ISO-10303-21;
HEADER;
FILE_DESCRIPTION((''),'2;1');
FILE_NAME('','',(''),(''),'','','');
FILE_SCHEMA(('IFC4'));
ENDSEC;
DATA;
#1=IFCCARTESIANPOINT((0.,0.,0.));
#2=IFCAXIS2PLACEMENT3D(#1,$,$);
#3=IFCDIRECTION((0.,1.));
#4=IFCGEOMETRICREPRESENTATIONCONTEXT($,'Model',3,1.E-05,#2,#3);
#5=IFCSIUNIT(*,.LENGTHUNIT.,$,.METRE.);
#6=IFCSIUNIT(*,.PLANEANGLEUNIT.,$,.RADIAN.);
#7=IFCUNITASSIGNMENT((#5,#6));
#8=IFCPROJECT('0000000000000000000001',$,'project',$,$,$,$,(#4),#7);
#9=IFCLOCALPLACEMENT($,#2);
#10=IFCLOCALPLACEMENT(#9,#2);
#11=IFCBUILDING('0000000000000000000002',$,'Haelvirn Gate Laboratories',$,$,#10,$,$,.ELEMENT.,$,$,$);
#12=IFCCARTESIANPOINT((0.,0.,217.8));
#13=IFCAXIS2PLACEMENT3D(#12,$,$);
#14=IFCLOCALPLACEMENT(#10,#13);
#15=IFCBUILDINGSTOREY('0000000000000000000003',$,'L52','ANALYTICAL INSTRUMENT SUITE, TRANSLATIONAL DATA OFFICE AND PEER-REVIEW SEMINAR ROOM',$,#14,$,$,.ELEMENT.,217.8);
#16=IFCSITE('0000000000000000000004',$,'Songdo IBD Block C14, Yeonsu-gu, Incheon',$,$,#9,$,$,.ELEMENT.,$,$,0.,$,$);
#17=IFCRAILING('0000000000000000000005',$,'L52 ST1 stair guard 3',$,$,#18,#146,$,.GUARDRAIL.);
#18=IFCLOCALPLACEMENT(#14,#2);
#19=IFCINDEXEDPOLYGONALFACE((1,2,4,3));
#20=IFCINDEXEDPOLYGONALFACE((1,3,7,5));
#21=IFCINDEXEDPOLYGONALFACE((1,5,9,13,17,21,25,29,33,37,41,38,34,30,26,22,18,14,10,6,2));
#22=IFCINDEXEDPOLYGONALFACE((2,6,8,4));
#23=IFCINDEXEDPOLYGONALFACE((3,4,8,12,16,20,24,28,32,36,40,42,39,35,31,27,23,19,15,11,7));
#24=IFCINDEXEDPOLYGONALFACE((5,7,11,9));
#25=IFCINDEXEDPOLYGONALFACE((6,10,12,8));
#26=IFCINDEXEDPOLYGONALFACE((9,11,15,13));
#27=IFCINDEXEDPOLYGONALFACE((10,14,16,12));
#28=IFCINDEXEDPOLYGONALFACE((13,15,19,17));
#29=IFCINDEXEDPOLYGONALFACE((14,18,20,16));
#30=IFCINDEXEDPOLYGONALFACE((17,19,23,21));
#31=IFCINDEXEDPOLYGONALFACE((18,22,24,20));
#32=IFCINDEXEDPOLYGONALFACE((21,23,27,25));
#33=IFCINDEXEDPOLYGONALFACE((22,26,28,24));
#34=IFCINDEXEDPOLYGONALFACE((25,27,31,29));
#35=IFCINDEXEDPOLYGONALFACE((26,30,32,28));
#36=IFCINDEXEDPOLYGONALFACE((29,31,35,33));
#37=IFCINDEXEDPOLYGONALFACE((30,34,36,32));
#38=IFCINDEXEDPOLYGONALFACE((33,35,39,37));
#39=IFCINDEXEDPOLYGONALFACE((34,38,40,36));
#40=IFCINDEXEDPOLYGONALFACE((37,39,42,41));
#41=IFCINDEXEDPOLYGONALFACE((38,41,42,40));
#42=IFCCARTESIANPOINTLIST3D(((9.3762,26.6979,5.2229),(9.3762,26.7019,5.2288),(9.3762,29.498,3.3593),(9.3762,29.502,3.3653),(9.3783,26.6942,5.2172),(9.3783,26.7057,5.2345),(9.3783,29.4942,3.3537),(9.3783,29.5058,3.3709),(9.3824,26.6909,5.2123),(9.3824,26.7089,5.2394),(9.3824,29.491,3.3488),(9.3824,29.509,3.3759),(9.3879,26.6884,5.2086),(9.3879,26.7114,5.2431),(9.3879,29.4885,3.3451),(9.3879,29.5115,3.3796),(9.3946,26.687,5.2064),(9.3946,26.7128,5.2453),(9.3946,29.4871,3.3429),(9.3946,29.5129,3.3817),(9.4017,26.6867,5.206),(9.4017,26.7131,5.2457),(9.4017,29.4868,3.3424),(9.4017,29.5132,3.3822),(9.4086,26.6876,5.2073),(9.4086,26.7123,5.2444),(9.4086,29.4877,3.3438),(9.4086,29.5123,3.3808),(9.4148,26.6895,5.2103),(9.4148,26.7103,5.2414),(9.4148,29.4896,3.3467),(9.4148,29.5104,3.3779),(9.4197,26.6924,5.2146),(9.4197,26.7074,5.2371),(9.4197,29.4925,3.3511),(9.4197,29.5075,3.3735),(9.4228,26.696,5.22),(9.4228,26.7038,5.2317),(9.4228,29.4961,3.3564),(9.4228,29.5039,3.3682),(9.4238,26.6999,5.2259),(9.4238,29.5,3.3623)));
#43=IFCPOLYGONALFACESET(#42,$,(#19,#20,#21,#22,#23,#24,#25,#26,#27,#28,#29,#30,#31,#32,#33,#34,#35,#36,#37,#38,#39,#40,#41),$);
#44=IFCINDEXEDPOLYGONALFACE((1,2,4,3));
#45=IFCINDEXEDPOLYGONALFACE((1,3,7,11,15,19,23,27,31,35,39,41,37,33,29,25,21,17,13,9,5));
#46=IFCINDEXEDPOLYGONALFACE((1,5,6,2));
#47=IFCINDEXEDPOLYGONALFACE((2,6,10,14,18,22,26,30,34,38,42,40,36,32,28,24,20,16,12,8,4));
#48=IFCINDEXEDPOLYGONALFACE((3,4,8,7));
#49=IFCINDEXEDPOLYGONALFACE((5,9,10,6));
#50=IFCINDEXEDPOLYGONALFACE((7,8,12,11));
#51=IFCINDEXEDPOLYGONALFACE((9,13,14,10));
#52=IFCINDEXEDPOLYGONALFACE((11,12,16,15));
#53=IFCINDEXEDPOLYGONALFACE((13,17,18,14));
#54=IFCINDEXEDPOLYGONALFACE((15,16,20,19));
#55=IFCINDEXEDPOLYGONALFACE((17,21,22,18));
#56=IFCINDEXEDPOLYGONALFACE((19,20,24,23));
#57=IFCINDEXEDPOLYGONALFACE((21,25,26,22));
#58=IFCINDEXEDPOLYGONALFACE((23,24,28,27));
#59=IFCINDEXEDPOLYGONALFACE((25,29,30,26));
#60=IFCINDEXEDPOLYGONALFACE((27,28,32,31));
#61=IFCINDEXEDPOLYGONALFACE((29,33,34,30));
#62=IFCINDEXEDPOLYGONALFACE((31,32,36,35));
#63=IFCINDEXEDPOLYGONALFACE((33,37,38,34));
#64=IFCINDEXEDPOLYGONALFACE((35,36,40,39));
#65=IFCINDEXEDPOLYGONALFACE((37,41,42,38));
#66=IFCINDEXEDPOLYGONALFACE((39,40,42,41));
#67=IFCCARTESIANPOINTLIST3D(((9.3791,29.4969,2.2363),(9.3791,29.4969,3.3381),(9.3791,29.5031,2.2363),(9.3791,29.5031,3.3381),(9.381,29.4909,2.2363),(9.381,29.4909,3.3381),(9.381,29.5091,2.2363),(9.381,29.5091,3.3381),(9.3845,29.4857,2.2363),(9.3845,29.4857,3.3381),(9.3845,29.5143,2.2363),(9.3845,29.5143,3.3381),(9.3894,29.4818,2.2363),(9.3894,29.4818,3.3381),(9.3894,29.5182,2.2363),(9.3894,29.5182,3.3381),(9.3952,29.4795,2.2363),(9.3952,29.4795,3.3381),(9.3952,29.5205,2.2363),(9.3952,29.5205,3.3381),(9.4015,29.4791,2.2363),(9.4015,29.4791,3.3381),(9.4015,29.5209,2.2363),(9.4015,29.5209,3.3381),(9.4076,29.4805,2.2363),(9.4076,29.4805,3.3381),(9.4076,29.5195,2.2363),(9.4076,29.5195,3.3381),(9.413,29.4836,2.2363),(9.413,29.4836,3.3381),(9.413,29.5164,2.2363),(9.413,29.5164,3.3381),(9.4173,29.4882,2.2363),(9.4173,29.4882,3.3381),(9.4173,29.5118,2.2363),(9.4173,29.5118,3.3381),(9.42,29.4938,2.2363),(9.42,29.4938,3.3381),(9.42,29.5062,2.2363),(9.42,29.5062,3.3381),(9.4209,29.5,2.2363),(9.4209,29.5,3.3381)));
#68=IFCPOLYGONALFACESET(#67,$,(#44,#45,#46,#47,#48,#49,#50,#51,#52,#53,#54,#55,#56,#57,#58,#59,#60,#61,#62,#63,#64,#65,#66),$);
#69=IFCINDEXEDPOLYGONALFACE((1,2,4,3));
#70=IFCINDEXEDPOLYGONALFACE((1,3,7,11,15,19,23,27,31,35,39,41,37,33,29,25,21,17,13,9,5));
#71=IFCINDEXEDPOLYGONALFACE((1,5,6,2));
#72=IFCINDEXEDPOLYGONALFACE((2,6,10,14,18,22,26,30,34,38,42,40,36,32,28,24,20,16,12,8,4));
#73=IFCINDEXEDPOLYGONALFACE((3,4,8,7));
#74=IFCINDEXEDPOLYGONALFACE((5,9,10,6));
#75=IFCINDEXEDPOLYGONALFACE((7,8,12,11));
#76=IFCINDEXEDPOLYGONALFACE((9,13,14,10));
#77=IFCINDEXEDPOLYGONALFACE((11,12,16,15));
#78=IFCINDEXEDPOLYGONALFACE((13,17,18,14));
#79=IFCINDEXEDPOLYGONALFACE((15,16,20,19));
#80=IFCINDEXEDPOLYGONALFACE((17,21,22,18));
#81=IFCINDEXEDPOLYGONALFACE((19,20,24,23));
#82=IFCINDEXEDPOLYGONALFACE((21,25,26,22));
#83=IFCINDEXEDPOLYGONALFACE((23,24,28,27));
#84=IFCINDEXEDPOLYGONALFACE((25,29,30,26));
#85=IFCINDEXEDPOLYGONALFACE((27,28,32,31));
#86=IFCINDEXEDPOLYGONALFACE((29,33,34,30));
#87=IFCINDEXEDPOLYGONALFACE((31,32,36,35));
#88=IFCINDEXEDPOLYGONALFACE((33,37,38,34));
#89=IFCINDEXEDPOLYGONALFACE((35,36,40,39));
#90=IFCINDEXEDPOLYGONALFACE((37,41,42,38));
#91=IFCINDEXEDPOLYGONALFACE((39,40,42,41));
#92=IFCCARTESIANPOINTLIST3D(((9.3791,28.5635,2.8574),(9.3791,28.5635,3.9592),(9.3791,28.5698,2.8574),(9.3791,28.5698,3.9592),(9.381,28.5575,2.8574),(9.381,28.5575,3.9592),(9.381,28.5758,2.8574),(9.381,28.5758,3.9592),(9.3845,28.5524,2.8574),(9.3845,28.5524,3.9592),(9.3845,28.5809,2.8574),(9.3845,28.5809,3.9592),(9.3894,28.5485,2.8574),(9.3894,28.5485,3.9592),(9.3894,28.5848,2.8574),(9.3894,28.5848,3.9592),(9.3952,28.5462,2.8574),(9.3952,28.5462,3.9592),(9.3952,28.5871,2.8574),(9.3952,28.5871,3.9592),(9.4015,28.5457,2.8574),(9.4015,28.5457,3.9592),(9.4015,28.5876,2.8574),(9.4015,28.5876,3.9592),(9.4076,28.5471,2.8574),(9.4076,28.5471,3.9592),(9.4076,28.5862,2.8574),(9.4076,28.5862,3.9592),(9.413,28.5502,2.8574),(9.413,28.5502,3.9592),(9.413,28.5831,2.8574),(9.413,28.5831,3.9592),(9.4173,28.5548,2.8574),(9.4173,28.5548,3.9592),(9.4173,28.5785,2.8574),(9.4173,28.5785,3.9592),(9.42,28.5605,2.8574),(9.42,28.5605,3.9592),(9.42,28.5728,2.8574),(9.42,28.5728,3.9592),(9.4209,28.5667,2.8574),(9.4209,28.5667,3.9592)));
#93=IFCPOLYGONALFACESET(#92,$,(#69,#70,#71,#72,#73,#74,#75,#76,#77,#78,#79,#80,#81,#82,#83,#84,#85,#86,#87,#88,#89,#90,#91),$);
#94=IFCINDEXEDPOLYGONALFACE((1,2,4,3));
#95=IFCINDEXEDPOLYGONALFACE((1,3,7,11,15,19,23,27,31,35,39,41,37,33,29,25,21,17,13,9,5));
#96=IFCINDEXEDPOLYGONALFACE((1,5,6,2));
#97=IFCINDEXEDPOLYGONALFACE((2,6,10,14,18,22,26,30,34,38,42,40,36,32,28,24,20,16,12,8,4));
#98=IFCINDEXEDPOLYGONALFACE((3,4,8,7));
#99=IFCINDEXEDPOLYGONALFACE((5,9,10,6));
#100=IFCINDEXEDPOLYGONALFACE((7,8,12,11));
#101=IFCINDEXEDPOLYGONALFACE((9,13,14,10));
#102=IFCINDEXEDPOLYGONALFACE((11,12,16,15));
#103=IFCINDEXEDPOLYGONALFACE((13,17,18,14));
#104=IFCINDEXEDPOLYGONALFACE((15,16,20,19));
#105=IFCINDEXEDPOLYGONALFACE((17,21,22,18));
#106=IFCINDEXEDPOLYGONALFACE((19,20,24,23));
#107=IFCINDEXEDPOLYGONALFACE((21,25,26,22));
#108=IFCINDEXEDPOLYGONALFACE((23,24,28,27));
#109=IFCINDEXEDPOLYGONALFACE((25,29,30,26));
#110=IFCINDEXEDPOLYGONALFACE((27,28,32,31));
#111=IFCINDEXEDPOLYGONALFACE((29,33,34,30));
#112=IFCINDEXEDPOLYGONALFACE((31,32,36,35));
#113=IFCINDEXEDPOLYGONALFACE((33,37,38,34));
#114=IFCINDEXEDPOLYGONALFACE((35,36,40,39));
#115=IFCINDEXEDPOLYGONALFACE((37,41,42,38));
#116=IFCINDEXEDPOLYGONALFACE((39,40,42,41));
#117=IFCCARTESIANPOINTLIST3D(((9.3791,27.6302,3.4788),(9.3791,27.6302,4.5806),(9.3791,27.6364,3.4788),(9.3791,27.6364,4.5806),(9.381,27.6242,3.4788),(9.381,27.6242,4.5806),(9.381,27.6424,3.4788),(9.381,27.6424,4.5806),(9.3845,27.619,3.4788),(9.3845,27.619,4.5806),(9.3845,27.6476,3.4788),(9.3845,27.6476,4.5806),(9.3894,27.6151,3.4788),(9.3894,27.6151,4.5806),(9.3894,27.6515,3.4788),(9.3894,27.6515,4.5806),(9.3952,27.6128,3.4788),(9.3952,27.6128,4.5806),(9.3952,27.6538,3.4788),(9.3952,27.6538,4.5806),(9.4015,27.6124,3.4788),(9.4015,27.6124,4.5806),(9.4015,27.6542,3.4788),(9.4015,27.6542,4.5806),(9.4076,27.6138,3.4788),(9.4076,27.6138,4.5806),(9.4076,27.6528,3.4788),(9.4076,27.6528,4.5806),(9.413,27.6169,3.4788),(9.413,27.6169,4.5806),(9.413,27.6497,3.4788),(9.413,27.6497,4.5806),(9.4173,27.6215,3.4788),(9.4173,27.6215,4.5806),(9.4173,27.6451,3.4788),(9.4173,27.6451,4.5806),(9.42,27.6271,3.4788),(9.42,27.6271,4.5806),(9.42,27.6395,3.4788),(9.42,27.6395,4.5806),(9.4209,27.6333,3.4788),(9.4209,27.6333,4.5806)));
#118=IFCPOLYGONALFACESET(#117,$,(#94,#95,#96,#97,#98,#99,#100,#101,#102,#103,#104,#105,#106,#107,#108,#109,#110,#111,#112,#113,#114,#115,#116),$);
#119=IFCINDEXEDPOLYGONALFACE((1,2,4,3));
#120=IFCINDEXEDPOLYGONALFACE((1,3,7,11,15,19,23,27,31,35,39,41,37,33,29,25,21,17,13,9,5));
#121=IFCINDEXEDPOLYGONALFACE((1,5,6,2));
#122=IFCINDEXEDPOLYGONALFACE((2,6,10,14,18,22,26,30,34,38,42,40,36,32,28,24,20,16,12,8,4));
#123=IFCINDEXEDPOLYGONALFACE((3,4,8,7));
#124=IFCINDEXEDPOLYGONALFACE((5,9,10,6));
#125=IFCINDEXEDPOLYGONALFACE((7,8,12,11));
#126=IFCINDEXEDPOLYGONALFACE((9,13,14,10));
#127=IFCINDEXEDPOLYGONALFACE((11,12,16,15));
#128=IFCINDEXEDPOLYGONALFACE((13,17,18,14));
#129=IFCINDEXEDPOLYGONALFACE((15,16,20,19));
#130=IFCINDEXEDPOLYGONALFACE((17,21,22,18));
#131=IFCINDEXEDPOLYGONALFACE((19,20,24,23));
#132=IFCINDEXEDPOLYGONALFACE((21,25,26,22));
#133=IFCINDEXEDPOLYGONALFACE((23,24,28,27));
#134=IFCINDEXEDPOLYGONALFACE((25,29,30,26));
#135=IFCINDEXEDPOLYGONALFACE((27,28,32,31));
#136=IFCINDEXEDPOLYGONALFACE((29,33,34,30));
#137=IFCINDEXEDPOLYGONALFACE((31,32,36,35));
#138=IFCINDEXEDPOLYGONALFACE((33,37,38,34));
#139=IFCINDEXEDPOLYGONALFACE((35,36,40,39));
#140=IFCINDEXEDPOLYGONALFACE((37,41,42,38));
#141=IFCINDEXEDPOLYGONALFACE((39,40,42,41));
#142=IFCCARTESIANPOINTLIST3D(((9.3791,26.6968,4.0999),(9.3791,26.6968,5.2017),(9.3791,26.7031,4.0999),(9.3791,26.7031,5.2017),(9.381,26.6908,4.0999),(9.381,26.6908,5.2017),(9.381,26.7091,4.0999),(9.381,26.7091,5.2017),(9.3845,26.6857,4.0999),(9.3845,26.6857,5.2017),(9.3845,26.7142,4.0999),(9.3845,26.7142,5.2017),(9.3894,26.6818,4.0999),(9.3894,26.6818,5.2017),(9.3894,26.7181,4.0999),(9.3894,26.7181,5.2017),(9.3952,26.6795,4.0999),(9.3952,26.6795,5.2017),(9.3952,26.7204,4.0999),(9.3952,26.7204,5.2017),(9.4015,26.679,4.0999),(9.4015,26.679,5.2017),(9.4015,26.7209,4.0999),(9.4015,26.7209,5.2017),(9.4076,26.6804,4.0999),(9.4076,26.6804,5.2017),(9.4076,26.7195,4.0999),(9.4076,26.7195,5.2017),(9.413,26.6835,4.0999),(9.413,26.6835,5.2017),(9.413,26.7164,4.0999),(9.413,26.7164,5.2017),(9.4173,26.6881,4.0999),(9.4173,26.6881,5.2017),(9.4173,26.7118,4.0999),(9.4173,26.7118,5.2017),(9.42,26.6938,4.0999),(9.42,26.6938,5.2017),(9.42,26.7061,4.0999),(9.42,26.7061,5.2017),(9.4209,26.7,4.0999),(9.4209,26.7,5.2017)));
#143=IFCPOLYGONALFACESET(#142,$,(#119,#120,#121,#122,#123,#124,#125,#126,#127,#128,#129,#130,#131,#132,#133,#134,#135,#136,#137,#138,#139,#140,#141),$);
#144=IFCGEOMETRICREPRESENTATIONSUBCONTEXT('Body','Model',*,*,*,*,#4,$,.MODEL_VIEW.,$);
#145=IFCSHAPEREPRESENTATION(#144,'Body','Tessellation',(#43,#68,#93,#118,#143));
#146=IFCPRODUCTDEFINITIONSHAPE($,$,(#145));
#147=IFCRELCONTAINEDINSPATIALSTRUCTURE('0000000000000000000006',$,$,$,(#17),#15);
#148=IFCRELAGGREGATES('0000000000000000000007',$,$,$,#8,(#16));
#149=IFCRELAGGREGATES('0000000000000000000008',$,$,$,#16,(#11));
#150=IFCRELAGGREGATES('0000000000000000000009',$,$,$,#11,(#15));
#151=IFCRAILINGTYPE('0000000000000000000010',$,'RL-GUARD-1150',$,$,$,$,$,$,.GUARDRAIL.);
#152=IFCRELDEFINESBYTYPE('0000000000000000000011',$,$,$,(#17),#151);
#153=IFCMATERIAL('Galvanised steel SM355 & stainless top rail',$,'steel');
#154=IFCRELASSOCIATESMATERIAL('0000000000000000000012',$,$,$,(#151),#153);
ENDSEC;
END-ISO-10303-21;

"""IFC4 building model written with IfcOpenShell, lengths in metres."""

from ifc_helpers import new_model, si_unit, direction, frame, origin, origin_2d, place, context, subcontext, project, spatial, circle, extrude, source, transform, mapped, material, type_object, element, save


model = new_model("IFC4")

# Units and contexts
model_context = context("Model", 3, precision=1e-05, world=origin(), true_north=direction((0.0, 1.0)))
body_context = subcontext(model_context, "Body", "Model", "MODEL_VIEW")
ifc_project = project(units=[si_unit("LENGTHUNIT", "METRE"), si_unit("PLANEANGLEUNIT", "RADIAN")], contexts=[model_context])

# Site, building, storey
site_placement = place(None, origin())
site = spatial("IfcSite", under=ifc_project, at=site_placement, Name="Songdo IBD Block C14, Yeonsu-gu, Incheon", CompositionType="ELEMENT", RefElevation=0.0)
building_placement = place(site_placement, origin())
building = spatial("IfcBuilding", under=site, at=building_placement, Name="Haelvirn Gate Laboratories", CompositionType="ELEMENT")
storey_placement = place(building_placement, frame((0.0, 0.0, 217.8)))
storey = spatial("IfcBuildingStorey", under=building, at=storey_placement, Name="L52", Description="ANALYTICAL INSTRUMENT SUITE, TRANSLATIONAL DATA OFFICE AND PEER-REVIEW SEMINAR ROOM", CompositionType="ELEMENT", Elevation=217.8)

# Railing
ifc_material_1 = material(Name="Galvanised steel SM355 & stainless top rail", Category="steel")
railing_type_1 = type_object("IfcRailingType", Name="RL-GUARD-1150", PredefinedType="GUARDRAIL", material=ifc_material_1)
shared_shape_1 = source(origin(), body_context, "Body", "SweptSolid", [
    extrude(circle(Radius=0.0239, at=origin_2d()), frame((0.0, 0.0, 1.126), z_axis=(0.0, -0.832486, 0.554047), x_axis=(1.0, 0.0, 0.0)), (0.0, 0.0, 1.0), 3.3635),
    extrude(circle(Radius=0.021, at=origin_2d()), origin(), (0.0, 0.0, 1.0), 1.1018),
    extrude(circle(Radius=0.021, at=origin_2d()), frame((0.0, -0.9333, 0.6211)), (0.0, 0.0, 1.0), 1.1018),
    extrude(circle(Radius=0.021, at=origin_2d()), frame((0.0, -1.8667, 1.2424)), (0.0, 0.0, 1.0), 1.1018),
    extrude(circle(Radius=0.021, at=origin_2d()), frame((0.0, -2.8, 1.8635)), (0.0, 0.0, 1.0), 1.1018),
])
railing_1_placement = place(storey_placement, frame((9.3999, 29.5, 2.2363)))
element("IfcRailing", 1, at=railing_1_placement, inside=storey, type_object=railing_type_1, Name="L52 ST1 stair guard 3", PredefinedType="GUARDRAIL", context=body_context, shape_type="MappedRepresentation", body=[
    mapped(shared_shape_1, transform((0.0, 0.0, 0.0), scale=1.0)),
])

save(model, "model.ifc")
